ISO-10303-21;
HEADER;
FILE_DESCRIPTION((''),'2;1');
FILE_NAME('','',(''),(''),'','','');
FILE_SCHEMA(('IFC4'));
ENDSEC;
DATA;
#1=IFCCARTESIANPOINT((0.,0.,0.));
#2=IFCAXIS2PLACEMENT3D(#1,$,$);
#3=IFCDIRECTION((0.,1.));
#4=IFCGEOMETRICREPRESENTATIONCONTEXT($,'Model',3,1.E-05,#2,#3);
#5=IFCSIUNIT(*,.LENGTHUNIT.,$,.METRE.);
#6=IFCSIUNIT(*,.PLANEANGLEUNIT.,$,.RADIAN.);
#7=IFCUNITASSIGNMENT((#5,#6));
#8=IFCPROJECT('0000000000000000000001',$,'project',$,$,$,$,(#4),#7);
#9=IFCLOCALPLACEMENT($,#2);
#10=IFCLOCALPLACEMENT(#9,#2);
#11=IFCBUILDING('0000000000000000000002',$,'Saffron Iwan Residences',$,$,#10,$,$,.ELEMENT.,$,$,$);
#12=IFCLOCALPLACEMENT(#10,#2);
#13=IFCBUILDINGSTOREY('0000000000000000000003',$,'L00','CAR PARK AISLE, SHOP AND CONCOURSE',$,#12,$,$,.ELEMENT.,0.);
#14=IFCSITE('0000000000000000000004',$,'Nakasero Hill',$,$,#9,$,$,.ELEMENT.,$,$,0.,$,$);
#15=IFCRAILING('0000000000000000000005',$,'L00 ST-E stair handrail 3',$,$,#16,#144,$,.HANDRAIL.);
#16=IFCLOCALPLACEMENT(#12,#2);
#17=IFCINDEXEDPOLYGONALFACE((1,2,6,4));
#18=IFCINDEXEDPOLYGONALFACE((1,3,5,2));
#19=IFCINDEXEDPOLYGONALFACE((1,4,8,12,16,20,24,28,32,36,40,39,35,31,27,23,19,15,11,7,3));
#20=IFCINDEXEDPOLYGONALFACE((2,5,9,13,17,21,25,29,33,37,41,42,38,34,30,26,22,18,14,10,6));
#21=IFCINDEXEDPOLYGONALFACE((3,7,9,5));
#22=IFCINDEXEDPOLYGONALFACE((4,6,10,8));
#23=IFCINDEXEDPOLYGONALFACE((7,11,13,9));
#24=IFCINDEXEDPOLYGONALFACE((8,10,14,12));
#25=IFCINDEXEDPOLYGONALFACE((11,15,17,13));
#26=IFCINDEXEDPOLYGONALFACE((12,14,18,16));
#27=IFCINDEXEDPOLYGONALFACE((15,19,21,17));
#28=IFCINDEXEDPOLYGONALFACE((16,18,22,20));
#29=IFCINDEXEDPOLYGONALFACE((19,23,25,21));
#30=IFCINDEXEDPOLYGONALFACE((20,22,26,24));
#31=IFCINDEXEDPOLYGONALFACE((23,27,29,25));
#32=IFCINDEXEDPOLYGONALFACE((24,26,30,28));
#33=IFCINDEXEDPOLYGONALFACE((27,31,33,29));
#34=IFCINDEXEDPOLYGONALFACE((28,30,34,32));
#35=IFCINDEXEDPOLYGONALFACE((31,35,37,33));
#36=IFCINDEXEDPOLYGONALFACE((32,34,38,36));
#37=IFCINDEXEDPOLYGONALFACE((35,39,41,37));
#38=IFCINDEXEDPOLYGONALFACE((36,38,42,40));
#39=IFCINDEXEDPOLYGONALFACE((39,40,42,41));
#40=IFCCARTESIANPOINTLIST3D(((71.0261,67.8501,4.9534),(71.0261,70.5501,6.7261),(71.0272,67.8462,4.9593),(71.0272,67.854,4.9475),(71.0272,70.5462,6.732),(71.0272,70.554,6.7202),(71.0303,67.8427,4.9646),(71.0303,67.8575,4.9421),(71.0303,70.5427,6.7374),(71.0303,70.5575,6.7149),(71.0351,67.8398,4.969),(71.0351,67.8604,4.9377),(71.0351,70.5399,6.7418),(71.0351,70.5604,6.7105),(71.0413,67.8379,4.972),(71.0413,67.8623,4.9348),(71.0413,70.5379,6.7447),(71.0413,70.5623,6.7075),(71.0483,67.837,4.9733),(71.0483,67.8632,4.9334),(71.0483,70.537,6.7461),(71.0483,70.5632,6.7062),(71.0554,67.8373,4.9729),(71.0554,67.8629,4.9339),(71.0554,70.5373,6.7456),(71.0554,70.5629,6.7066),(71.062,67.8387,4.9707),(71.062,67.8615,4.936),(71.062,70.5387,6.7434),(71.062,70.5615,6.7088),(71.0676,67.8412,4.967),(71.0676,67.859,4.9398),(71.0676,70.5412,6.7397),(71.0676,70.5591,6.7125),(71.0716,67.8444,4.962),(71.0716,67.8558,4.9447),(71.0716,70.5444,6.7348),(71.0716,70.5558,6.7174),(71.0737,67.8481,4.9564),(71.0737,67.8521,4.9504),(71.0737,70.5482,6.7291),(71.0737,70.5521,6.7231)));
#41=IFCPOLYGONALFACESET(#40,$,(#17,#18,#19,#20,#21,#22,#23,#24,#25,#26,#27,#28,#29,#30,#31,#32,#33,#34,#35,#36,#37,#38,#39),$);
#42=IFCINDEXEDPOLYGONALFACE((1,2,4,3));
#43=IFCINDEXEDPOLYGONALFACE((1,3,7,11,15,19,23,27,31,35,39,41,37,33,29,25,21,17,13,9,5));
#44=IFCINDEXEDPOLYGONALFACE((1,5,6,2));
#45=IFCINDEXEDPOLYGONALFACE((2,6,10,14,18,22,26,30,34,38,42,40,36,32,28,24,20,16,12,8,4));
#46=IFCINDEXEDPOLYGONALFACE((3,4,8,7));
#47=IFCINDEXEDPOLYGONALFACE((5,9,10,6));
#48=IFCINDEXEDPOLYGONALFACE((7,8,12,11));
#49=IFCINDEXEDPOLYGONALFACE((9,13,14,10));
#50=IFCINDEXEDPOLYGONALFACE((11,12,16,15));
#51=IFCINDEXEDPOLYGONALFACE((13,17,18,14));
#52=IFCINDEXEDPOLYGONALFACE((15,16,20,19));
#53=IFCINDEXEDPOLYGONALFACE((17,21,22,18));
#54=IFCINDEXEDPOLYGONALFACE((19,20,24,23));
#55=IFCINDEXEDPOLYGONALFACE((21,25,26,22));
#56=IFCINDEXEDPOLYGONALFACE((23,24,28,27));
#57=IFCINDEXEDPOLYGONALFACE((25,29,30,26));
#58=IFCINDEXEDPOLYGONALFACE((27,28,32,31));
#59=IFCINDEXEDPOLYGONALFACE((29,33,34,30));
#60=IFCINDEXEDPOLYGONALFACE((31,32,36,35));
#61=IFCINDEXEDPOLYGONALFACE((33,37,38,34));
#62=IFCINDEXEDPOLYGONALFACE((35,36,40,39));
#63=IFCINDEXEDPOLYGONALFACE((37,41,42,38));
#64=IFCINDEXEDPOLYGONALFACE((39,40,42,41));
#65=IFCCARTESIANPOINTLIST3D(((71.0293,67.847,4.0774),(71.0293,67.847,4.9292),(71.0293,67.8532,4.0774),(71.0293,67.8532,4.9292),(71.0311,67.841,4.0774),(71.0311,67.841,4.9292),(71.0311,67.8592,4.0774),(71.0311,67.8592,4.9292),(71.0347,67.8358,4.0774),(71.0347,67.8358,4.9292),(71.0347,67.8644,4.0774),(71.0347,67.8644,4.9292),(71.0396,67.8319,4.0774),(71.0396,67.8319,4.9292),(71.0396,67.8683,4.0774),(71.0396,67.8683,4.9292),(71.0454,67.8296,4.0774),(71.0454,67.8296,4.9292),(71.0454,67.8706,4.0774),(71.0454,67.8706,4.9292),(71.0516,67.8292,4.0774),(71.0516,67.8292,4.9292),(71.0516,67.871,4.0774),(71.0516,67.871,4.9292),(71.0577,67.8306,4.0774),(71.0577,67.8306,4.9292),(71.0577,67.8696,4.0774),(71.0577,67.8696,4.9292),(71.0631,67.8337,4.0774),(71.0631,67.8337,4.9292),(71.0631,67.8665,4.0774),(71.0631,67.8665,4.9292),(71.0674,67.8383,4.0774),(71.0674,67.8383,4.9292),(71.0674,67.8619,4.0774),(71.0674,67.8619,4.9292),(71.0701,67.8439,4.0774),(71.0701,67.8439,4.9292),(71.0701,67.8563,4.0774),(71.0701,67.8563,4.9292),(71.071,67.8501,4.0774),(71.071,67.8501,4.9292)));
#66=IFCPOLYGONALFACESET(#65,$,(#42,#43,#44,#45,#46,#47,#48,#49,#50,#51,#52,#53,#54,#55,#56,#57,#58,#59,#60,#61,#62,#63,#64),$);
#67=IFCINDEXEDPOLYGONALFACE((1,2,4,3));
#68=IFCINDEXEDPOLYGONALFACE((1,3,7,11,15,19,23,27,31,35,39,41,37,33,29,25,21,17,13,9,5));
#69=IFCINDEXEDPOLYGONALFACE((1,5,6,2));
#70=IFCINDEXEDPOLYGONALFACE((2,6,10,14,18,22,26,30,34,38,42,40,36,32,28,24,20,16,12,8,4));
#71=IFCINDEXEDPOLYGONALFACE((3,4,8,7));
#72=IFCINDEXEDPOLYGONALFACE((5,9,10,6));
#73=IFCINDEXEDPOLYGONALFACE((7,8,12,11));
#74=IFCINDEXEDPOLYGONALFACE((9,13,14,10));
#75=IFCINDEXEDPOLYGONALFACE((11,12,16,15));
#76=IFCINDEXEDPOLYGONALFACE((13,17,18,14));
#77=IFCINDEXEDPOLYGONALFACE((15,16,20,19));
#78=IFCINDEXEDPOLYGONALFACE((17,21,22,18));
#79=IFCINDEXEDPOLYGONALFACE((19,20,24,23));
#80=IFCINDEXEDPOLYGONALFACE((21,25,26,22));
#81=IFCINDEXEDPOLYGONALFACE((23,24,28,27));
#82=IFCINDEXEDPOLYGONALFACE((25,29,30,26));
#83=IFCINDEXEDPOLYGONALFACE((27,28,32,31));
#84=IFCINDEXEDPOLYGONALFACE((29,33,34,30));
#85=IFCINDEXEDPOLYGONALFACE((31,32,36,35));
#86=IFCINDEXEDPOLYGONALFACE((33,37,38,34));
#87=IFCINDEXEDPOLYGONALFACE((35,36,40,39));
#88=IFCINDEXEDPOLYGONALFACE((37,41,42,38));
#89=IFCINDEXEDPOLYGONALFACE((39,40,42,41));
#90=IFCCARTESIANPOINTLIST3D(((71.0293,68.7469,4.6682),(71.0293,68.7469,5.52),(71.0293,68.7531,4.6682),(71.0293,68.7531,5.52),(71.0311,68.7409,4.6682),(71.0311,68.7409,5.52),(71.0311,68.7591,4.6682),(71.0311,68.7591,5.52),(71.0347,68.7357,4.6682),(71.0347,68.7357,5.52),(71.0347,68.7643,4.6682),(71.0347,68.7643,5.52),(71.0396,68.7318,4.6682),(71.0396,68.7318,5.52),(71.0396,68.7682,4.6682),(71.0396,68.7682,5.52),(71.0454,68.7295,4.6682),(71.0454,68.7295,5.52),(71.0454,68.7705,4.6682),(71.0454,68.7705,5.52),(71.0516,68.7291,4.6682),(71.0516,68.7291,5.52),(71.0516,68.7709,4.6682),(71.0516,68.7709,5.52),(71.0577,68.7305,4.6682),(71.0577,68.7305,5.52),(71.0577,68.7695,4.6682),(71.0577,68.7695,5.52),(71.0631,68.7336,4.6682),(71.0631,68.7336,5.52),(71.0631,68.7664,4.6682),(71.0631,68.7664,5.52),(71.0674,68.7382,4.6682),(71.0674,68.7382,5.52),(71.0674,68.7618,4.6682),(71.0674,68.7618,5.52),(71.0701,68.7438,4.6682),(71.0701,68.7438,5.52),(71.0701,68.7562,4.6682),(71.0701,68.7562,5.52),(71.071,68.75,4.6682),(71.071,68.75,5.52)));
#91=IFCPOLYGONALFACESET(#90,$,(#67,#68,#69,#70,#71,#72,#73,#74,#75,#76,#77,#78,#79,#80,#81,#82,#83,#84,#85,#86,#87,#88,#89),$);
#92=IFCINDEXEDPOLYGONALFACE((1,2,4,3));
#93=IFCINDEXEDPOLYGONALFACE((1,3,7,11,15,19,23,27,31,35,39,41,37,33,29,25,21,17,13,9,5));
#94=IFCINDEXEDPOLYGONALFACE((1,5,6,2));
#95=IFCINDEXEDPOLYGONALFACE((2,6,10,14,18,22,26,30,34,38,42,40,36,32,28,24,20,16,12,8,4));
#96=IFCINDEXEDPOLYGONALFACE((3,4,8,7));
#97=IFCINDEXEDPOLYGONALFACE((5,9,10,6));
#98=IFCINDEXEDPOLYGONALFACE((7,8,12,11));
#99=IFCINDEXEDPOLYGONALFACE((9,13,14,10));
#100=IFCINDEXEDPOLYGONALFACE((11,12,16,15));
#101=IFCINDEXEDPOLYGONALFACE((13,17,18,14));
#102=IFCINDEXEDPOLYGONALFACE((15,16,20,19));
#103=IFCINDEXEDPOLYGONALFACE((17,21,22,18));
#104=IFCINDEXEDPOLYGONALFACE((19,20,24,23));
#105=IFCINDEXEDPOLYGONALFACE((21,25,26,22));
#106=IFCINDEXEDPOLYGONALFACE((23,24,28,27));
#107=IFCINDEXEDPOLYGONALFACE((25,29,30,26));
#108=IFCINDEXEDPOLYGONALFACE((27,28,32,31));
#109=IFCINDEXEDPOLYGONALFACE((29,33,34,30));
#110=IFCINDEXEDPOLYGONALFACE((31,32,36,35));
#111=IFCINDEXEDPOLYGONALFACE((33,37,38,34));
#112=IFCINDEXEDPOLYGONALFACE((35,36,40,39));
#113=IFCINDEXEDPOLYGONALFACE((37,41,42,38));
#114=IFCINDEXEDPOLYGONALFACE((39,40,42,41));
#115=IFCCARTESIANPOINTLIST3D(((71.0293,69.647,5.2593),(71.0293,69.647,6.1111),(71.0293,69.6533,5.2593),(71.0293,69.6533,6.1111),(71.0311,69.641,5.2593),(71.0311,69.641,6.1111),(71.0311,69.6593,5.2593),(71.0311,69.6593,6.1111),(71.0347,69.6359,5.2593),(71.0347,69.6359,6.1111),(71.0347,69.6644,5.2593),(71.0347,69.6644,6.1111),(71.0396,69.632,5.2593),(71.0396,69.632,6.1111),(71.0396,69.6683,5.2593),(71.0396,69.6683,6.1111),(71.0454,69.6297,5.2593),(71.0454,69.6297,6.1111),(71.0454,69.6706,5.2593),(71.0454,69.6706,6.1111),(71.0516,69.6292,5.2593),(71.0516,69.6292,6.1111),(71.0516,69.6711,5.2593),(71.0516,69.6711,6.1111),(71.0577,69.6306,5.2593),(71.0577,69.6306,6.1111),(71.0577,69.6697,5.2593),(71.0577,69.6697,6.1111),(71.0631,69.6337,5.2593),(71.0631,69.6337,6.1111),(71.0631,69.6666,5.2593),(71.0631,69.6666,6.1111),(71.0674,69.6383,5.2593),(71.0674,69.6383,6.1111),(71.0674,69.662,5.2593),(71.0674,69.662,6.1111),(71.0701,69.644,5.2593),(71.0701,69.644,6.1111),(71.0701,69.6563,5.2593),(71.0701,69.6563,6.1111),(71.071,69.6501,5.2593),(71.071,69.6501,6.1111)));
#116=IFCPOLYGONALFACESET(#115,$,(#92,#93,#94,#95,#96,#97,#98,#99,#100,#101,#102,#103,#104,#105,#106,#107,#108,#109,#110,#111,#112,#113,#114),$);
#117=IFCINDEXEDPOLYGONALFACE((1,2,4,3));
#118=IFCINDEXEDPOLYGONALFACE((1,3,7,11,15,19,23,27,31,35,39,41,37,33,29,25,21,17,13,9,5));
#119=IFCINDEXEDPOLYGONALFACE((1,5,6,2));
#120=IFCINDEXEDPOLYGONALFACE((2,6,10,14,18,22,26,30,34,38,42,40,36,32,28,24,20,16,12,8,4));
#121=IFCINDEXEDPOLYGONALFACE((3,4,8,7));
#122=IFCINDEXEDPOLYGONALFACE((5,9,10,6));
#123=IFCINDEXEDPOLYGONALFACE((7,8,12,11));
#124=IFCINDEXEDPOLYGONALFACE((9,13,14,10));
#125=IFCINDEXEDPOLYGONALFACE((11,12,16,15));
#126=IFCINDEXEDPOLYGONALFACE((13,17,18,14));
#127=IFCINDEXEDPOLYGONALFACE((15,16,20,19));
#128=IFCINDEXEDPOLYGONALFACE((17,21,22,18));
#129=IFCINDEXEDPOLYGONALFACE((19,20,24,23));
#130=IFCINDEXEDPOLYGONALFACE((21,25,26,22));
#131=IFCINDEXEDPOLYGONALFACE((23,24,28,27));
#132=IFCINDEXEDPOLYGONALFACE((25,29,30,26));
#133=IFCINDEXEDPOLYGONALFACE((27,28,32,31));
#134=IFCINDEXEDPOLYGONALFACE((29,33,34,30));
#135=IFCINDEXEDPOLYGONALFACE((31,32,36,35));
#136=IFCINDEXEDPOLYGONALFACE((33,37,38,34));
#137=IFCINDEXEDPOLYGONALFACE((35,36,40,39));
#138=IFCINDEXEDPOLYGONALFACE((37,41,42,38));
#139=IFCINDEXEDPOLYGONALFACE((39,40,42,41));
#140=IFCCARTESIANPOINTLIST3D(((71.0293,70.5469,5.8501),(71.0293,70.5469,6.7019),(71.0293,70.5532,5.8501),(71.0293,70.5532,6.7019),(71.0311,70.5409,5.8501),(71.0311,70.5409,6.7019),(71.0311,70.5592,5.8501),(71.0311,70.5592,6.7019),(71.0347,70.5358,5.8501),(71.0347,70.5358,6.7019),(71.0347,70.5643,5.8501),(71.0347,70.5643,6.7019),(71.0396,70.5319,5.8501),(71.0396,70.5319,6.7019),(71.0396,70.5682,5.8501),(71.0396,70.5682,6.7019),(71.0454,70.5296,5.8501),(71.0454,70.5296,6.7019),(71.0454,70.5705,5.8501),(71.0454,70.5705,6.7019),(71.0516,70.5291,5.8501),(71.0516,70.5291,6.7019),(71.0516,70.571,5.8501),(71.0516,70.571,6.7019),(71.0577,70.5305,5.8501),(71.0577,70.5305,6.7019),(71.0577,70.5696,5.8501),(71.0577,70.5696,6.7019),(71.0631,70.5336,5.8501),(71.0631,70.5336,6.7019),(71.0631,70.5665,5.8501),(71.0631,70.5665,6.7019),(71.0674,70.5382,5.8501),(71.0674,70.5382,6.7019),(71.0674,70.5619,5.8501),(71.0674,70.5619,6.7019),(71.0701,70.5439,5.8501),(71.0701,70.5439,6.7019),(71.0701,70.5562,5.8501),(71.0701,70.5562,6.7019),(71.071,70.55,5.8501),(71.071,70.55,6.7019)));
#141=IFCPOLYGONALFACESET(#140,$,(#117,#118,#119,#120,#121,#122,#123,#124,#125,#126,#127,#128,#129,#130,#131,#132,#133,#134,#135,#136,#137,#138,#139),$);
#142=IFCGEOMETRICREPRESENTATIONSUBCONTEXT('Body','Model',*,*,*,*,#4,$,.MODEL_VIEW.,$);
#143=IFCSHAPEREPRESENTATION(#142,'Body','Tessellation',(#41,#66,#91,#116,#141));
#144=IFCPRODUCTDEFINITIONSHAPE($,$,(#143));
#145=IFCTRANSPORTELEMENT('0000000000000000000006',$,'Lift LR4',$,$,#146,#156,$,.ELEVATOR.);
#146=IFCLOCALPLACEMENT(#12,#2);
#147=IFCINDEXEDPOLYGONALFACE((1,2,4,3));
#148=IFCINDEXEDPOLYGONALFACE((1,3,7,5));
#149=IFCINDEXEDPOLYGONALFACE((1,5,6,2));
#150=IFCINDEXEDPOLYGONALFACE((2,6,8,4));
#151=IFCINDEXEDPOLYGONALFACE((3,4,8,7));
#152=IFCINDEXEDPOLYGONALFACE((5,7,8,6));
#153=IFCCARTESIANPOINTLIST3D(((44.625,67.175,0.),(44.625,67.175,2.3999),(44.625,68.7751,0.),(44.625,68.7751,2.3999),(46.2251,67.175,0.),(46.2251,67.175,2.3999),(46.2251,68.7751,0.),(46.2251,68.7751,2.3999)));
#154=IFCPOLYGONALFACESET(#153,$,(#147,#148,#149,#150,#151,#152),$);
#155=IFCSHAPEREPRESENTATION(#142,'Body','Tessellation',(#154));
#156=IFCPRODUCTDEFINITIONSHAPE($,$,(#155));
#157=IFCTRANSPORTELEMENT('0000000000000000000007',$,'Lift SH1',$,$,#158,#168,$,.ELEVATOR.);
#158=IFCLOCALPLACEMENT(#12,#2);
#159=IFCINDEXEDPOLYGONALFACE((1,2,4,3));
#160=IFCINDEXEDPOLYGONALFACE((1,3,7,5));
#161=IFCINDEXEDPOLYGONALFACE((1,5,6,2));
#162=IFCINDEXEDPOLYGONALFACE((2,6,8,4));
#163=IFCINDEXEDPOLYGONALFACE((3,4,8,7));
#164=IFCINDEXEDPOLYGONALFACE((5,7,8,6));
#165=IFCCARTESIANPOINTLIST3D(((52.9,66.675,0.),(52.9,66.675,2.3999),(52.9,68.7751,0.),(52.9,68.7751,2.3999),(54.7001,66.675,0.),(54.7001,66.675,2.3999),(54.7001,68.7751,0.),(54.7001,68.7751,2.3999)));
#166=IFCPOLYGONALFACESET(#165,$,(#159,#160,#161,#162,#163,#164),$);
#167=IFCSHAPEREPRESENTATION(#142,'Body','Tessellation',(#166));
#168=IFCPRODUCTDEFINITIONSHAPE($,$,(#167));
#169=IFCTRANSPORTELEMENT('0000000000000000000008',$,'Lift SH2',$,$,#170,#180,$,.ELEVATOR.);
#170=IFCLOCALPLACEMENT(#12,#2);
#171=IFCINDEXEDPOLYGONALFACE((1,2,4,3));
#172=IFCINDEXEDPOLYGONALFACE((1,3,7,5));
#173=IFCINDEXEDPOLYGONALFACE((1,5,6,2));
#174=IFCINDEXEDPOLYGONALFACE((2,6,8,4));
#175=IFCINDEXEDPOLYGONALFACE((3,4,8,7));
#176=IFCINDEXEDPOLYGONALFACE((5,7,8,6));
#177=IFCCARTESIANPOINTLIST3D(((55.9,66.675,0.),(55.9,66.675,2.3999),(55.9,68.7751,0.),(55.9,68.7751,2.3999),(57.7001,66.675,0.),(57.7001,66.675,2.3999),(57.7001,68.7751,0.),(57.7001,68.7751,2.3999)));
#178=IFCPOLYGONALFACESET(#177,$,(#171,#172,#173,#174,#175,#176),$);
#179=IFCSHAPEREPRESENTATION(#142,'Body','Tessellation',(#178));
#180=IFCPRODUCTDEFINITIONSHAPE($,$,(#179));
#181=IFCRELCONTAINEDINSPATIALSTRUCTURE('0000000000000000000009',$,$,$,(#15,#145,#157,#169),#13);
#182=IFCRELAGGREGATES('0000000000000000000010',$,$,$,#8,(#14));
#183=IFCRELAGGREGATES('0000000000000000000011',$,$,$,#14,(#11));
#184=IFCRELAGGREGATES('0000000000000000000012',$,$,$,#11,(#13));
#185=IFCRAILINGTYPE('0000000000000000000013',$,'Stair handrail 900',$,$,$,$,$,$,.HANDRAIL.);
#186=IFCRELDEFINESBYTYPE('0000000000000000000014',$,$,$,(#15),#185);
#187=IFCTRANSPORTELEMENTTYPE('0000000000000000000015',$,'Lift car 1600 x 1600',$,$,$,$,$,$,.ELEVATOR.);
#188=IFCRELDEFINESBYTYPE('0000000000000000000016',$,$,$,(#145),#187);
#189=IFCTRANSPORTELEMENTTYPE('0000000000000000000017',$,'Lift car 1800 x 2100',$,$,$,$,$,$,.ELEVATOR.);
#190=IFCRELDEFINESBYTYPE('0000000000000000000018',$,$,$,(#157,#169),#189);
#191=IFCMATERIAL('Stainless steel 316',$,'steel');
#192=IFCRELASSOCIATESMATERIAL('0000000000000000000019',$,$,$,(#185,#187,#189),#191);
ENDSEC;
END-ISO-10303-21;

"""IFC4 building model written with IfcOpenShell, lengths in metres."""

from ifc_helpers import new_model, si_unit, direction, frame, origin, origin_2d, place, context, subcontext, project, spatial, rectangle, circle, extrude, source, transform, mapped, material, type_object, element, save


model = new_model("IFC4")

# Units and contexts
model_context = context("Model", 3, precision=1e-05, world=origin(), true_north=direction((0.0, 1.0)))
body_context = subcontext(model_context, "Body", "Model", "MODEL_VIEW")
ifc_project = project(units=[si_unit("LENGTHUNIT", "METRE"), si_unit("PLANEANGLEUNIT", "RADIAN")], contexts=[model_context])

# Site, building, storey
site_placement = place(None, origin())
site = spatial("IfcSite", under=ifc_project, at=site_placement, Name="Nakasero Hill", CompositionType="ELEMENT", RefElevation=0.0)
building_placement = place(site_placement, origin())
building = spatial("IfcBuilding", under=site, at=building_placement, Name="Saffron Iwan Residences", CompositionType="ELEMENT")
storey_placement = place(building_placement, origin())
storey = spatial("IfcBuildingStorey", under=building, at=storey_placement, Name="L00", Description="CAR PARK AISLE, SHOP AND CONCOURSE", CompositionType="ELEMENT", Elevation=0.0)

# Railing
ifc_material_1 = material(Name="Stainless steel 316", Category="steel")
railing_type_1 = type_object("IfcRailingType", Name="Stair handrail 900", PredefinedType="HANDRAIL", material=ifc_material_1)
for number, where, name in (
    (1, (71.05, 67.8501, 4.0774), "L00 ST-E stair handrail 3"),
):
    element("IfcRailing", number, at=place(storey_placement, frame(where)), inside=storey, type_object=railing_type_1, Name=name, PredefinedType="HANDRAIL", context=body_context, shape_type="SweptSolid", body=[
        extrude(circle(Radius=0.0239, at=origin_2d()), frame((0.0, 0.0, 0.876), z_axis=(0.0, 0.835925, 0.548843), x_axis=(-1.0, 0.0, 0.0)), (0.0, 0.0, 1.0), 3.23),
        extrude(circle(Radius=0.021, at=origin_2d()), origin(), (0.0, 0.0, 1.0), 0.8518),
        extrude(circle(Radius=0.021, at=origin_2d()), frame((0.0, 0.8999, 0.5908)), (0.0, 0.0, 1.0), 0.8518),
        extrude(circle(Radius=0.021, at=origin_2d()), frame((0.0, 1.8, 1.1819)), (0.0, 0.0, 1.0), 0.8518),
        extrude(circle(Radius=0.021, at=origin_2d()), frame((0.0, 2.7, 1.7727)), (0.0, 0.0, 1.0), 0.8518),
    ])

# Transport elements
transport_element_type_1 = type_object("IfcTransportElementType", Name="Lift car 1600 x 1600", PredefinedType="ELEVATOR", material=ifc_material_1)
shared_shape_1 = source(origin(), body_context, "Body", "SweptSolid", [
    extrude(rectangle(XDim=1.6001, YDim=1.6001, at=origin_2d()), origin(), (0.0, 0.0, 1.0), 2.3999),
])
transport_element_placement = place(storey_placement, frame((45.425, 67.9751, 0.0), z_axis=(0.0, 0.0, 1.0), x_axis=(1.0, 0.0, 0.0)))
element("IfcTransportElement", 2, at=transport_element_placement, inside=storey, type_object=transport_element_type_1, Name="Lift LR4", PredefinedType="ELEVATOR", context=body_context, shape_type="MappedRepresentation", body=[
    mapped(shared_shape_1, transform((0.0, 0.0, 0.0))),
])
transport_element_type_2 = type_object("IfcTransportElementType", Name="Lift car 1800 x 2100", PredefinedType="ELEVATOR", material=ifc_material_1)
shared_shape_2 = source(origin(), body_context, "Body", "SweptSolid", [
    extrude(rectangle(XDim=1.8, YDim=2.1001, at=origin_2d()), origin(), (0.0, 0.0, 1.0), 2.3999),
])
for number, where, z_axis, x_axis, name in (
    (3, (53.8, 67.7251, 0.0), (0.0, 0.0, 1.0), (1.0, 0.0, 0.0), "Lift SH1"),
    (4, (56.8, 67.7251, 0.0), (0.0, 0.0, 1.0), (1.0, 0.0, 0.0), "Lift SH2"),
):
    element("IfcTransportElement", number, at=place(storey_placement, frame(where, z_axis=z_axis, x_axis=x_axis)), inside=storey, type_object=transport_element_type_2, Name=name, PredefinedType="ELEVATOR", context=body_context, shape_type="MappedRepresentation", body=[
        mapped(shared_shape_2, transform((0.0, 0.0, 0.0))),
    ])

save(model, "model.ifc")
